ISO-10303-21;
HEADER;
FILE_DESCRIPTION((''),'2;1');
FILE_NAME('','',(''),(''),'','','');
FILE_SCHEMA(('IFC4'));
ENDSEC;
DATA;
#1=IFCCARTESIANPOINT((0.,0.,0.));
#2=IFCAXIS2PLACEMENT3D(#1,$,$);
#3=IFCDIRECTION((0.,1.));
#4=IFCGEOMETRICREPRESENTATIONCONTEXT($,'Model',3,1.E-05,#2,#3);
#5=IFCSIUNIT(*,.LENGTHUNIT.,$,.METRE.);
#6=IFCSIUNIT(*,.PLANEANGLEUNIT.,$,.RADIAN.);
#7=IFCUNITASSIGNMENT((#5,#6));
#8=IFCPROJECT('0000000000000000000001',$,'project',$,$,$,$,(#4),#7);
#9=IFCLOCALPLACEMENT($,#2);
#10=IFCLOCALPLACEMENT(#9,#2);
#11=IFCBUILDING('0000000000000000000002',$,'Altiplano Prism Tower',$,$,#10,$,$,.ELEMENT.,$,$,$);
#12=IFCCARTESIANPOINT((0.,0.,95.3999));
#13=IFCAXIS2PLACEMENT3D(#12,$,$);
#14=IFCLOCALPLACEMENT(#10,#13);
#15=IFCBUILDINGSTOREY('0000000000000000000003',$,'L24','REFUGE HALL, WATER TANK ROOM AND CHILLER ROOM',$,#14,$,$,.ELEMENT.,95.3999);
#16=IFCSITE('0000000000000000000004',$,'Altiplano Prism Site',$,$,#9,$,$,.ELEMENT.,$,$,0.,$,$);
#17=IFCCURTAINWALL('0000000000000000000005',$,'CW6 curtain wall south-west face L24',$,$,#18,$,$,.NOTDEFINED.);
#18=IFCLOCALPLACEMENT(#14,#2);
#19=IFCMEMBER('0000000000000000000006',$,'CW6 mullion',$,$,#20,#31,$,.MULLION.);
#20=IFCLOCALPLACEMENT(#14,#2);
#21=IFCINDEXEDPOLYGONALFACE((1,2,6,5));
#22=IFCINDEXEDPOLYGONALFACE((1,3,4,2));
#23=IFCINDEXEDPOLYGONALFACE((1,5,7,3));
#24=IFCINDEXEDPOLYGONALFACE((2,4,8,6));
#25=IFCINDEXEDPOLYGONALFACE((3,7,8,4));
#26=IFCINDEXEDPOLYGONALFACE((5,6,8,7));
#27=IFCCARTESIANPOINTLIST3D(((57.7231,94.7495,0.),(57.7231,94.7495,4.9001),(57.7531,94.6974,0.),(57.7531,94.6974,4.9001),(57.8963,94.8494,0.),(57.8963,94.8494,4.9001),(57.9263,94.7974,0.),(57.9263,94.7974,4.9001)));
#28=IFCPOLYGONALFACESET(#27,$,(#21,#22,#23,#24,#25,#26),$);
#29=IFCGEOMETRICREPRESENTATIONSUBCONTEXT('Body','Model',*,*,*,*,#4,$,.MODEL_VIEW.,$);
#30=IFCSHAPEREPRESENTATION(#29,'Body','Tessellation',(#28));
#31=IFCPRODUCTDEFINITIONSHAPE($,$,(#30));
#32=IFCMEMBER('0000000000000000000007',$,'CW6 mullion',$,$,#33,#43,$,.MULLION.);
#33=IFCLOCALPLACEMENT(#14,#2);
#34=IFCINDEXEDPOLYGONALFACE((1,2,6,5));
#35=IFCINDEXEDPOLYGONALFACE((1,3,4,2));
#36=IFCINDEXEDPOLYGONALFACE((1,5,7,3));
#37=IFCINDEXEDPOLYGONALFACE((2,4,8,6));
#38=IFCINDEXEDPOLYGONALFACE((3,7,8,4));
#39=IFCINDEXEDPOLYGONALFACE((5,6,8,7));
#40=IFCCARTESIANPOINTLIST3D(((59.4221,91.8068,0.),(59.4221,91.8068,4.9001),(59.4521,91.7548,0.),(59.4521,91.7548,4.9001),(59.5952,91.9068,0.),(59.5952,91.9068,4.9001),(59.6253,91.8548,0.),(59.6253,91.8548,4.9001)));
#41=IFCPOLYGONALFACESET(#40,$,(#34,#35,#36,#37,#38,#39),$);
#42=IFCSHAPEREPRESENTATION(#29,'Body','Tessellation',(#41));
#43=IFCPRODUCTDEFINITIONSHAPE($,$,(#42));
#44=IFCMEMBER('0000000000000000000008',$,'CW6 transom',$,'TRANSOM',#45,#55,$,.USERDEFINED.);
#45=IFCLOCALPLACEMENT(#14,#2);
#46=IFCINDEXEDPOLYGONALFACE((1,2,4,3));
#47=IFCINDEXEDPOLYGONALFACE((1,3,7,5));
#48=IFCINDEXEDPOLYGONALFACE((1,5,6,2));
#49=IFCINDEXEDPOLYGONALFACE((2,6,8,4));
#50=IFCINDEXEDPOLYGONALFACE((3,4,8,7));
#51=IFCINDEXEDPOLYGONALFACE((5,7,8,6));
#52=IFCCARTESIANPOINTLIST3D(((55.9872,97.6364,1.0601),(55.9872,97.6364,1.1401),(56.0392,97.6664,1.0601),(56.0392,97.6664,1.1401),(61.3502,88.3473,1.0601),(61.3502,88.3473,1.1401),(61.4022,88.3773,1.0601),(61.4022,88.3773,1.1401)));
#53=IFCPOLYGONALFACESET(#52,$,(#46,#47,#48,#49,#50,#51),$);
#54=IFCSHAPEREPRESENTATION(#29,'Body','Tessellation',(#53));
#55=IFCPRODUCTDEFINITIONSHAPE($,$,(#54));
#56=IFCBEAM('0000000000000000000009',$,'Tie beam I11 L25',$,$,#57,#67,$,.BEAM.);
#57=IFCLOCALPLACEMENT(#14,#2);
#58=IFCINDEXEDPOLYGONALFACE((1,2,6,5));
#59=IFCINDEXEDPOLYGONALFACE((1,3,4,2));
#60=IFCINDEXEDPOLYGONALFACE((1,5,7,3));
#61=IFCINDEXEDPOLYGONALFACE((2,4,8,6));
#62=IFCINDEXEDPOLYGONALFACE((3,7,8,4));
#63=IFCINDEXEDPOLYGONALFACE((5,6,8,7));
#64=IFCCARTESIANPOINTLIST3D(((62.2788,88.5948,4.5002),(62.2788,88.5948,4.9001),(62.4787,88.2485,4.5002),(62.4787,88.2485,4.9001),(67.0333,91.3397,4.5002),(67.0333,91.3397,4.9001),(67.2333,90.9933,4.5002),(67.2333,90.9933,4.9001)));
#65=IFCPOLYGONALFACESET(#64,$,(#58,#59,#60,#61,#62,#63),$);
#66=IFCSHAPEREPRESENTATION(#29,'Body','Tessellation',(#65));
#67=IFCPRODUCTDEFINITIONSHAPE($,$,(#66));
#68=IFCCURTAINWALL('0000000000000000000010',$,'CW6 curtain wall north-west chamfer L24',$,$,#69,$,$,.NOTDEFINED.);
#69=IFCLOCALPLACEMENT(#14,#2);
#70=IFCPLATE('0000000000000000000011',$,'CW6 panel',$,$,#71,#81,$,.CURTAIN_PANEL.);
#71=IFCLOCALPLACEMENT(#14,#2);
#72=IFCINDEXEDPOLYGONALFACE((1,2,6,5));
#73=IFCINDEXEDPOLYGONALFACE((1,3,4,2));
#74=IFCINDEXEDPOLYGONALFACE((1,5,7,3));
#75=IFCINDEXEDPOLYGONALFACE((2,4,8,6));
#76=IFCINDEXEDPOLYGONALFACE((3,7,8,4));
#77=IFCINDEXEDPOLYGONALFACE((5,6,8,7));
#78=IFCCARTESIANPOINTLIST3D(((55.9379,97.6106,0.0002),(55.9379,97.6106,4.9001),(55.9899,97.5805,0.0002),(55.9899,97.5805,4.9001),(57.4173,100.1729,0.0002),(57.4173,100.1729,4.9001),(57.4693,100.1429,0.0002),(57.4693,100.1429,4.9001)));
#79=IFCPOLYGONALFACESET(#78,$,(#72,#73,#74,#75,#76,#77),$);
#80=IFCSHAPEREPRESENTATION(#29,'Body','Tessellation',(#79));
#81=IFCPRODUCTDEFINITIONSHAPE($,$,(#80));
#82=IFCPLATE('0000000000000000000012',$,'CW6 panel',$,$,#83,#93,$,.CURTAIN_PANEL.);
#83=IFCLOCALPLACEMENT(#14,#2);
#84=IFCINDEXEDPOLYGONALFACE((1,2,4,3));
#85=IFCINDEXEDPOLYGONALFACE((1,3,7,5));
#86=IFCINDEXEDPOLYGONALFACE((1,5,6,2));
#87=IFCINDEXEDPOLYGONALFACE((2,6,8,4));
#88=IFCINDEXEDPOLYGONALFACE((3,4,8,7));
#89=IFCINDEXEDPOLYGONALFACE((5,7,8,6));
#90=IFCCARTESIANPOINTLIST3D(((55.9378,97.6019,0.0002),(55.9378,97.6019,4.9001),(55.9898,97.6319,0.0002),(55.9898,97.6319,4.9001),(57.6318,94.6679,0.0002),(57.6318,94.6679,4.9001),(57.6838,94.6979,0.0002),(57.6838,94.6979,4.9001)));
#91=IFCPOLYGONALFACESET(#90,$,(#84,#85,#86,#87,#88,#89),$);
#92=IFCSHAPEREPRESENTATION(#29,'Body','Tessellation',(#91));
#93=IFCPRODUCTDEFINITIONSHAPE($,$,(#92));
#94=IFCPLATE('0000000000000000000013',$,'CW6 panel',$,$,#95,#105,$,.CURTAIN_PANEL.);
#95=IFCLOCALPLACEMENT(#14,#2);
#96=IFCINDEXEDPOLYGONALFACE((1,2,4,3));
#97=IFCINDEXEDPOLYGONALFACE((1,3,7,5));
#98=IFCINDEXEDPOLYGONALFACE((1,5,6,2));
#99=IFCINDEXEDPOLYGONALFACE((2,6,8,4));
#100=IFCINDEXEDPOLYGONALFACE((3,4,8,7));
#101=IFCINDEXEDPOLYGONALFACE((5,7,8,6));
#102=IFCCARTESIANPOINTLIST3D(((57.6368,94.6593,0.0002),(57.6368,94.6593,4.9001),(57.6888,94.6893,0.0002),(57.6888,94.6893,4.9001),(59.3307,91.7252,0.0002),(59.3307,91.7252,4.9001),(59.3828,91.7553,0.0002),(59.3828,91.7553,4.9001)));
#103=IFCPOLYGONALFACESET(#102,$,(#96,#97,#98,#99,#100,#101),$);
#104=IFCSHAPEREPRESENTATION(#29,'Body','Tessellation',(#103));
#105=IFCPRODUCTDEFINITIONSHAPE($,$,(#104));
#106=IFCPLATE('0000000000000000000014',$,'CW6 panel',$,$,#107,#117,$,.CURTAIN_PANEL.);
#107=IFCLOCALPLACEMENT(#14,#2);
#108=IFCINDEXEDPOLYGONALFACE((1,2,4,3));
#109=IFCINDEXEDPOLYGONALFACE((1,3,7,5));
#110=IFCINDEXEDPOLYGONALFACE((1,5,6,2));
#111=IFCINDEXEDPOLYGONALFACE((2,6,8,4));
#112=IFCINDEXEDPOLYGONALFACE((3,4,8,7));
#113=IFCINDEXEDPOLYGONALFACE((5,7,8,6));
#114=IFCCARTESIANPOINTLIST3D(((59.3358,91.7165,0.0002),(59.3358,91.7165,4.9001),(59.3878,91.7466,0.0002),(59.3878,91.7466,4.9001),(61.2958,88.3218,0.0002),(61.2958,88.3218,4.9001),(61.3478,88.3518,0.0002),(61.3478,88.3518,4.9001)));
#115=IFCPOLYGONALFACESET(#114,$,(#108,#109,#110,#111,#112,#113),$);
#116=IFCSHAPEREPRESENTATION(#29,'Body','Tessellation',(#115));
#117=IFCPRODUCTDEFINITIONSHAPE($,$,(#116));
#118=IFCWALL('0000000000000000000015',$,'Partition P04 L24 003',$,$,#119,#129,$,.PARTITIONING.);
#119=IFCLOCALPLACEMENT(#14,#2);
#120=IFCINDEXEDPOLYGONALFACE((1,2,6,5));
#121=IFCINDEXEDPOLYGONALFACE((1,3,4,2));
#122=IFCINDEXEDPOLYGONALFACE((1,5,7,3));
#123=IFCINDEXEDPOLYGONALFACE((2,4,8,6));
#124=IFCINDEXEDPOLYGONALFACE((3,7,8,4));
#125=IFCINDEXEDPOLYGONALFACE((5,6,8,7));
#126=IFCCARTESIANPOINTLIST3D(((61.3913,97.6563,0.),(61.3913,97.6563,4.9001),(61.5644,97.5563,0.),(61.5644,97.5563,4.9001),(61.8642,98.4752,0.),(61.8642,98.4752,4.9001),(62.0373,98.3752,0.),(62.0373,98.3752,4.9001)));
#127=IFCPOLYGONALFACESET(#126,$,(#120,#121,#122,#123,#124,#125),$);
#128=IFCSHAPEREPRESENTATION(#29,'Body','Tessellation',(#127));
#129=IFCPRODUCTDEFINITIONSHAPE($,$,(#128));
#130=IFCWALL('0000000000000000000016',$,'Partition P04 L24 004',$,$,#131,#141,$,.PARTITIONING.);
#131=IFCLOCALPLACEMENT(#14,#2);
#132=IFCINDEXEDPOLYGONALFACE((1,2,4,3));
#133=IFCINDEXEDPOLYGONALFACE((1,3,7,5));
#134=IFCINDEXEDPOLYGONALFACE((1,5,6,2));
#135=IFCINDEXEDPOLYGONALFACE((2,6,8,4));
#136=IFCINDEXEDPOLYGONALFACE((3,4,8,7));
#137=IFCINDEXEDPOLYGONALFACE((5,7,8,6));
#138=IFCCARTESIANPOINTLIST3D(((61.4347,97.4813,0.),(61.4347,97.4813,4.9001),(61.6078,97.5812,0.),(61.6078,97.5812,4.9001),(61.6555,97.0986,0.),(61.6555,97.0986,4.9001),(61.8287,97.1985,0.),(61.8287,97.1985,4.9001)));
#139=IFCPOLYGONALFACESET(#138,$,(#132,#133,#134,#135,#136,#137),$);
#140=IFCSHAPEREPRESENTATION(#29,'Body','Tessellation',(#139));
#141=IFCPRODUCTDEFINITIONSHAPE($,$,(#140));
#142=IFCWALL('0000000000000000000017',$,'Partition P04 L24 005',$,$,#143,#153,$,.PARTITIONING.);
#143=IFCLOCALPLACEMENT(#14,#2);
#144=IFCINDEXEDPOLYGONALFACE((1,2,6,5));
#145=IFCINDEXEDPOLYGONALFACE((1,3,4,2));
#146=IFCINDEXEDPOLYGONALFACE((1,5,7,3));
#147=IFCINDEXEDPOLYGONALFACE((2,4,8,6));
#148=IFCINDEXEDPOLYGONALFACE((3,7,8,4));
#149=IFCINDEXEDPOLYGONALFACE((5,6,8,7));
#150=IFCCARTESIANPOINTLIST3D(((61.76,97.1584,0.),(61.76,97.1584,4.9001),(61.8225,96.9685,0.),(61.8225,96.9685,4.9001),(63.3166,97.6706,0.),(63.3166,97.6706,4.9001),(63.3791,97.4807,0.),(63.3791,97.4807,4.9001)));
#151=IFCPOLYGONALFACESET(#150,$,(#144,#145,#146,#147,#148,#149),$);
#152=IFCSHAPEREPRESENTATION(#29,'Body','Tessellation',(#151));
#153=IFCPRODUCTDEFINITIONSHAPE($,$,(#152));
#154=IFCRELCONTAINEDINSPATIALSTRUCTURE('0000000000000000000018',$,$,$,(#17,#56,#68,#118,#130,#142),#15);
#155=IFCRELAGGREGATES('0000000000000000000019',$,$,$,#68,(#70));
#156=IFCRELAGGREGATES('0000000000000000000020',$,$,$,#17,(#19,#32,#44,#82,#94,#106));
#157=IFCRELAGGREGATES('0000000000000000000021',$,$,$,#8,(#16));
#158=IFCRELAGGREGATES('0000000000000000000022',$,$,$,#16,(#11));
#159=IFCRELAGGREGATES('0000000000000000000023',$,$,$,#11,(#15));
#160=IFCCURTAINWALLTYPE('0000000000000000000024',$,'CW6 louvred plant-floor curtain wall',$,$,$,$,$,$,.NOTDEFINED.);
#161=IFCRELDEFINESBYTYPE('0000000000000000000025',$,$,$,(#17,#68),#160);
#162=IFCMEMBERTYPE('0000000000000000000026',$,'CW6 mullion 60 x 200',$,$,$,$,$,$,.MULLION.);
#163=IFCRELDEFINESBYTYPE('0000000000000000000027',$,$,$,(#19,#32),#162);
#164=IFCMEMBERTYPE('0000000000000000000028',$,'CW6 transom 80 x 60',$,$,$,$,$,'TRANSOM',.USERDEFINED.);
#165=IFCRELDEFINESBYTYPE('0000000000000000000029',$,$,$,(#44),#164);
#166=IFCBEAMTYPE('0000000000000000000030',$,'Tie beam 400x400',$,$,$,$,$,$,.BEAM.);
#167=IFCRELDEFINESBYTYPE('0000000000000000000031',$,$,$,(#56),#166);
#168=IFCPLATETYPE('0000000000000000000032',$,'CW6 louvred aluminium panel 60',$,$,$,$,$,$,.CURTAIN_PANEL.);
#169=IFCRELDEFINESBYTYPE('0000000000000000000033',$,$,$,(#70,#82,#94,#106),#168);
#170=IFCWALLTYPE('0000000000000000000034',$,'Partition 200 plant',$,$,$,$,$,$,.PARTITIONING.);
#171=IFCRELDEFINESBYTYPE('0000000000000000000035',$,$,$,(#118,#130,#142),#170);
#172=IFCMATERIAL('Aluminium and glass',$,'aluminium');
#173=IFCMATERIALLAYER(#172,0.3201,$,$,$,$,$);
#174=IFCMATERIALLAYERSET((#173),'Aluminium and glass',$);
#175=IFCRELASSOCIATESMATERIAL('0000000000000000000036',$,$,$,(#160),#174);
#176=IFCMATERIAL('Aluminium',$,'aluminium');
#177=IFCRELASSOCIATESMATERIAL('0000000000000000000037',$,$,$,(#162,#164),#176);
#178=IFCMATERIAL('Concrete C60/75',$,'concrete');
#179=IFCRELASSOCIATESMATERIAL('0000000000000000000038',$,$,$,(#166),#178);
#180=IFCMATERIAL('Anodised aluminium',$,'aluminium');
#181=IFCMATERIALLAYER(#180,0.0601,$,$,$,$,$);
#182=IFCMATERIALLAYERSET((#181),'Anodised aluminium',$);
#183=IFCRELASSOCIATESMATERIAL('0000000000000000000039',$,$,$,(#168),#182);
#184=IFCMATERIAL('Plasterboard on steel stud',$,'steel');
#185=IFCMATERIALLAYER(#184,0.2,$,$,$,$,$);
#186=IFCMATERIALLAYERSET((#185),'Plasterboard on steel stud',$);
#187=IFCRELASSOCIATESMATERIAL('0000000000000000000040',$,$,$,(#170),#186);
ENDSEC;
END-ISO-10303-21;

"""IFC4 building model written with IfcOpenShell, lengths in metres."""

from ifc_helpers import new_model, si_unit, direction, frame, frame_2d, origin, origin_2d, place, context, subcontext, project, spatial, rectangle, extrude, material, layer, layer_set, material_profile, profile_set, type_object, element, aggregate, save


model = new_model("IFC4")

# Units and contexts
model_context = context("Model", 3, precision=1e-05, world=origin(), true_north=direction((0.0, 1.0)))
body_context = subcontext(model_context, "Body", "Model", "MODEL_VIEW")
ifc_project = project(units=[si_unit("LENGTHUNIT", "METRE"), si_unit("PLANEANGLEUNIT", "RADIAN")], contexts=[model_context])

# Site, building, storey
site_placement = place(None, origin())
site = spatial("IfcSite", under=ifc_project, at=site_placement, Name="Altiplano Prism Site", CompositionType="ELEMENT", RefElevation=0.0)
building_placement = place(site_placement, origin())
building = spatial("IfcBuilding", under=site, at=building_placement, Name="Altiplano Prism Tower", CompositionType="ELEMENT")
storey_placement = place(building_placement, frame((0.0, 0.0, 95.3999)))
storey = spatial("IfcBuildingStorey", under=building, at=storey_placement, Name="L24", Description="REFUGE HALL, WATER TANK ROOM AND CHILLER ROOM", CompositionType="ELEMENT", Elevation=95.3999)

# Shared definitions
ifc_material_1 = material(Name="Concrete C60/75", Category="concrete")

# Curtain wall, members
ifc_material_2 = material(Name="Aluminium and glass", Category="aluminium")
ifc_layer_1 = layer(ifc_material_2, 0.3201)
ifc_layer_set_1 = layer_set([ifc_layer_1], Name="Aluminium and glass")
curtain_wall_type = type_object("IfcCurtainWallType", Name="CW6 louvred plant-floor curtain wall", PredefinedType="NOTDEFINED", material=ifc_layer_set_1)
curtain_wall_1_placement = place(storey_placement, origin())
curtain_wall_1 = element("IfcCurtainWall", 1, at=curtain_wall_1_placement, inside=storey, type_object=curtain_wall_type, Name="CW6 curtain wall south-west face L24", PredefinedType="NOTDEFINED")
ifc_material_3 = material(Name="Aluminium", Category="aluminium")
ifc_material_profile_1 = material_profile(ifc_material_3, rectangle(XDim=0.2, YDim=0.0601, at=origin_2d()), Name="CW6 mullion 60 x 200")
ifc_profile_set_1 = profile_set([ifc_material_profile_1], Name="Aluminium")
member_type_1 = type_object("IfcMemberType", Name="CW6 mullion 60 x 200", PredefinedType="MULLION", material=ifc_profile_set_1)
member_1_placement = place(storey_placement, frame((57.8247, 94.7734, 0.0), z_axis=(0.0, 0.0, 1.0), x_axis=(0.866025, 0.5, 0.0)))
member_1 = element("IfcMember", 2, at=member_1_placement, type_object=member_type_1, Name="CW6 mullion", PredefinedType="MULLION", context=body_context, shape_type="SweptSolid", body=[
    extrude(rectangle(XDim=0.2, YDim=0.0601, at=origin_2d()), origin(), (0.0, 0.0, 1.0), 4.9001),
])
member_2_placement = place(storey_placement, frame((59.5237, 91.8308, 0.0), z_axis=(0.0, 0.0, 1.0), x_axis=(0.866025, 0.5, 0.0)))
member_2 = element("IfcMember", 3, at=member_2_placement, type_object=member_type_1, Name="CW6 mullion", PredefinedType="MULLION", context=body_context, shape_type="SweptSolid", body=[
    extrude(rectangle(XDim=0.2, YDim=0.0601, at=origin_2d()), origin(), (0.0, 0.0, 1.0), 4.9001),
])
ifc_material_profile_2 = material_profile(ifc_material_3, rectangle(XDim=0.0601, YDim=0.0801, at=origin_2d()), Name="CW6 transom 80 x 60")
ifc_profile_set_2 = profile_set([ifc_material_profile_2], Name="Aluminium")
member_type_2 = type_object("IfcMemberType", Name="CW6 transom 80 x 60", ElementType="TRANSOM", PredefinedType="USERDEFINED", material=ifc_profile_set_2)
member_3_placement = place(storey_placement, frame((56.0132, 97.6514, 1.1001), z_axis=(0.5, -0.866026, 0.0), x_axis=(0.866026, 0.5, 0.0)))
member_3 = element("IfcMember", 4, at=member_3_placement, type_object=member_type_2, Name="CW6 transom", ObjectType="TRANSOM", PredefinedType="USERDEFINED", context=body_context, shape_type="SweptSolid", body=[
    extrude(rectangle(XDim=0.0601, YDim=0.0801, at=origin_2d()), origin(), (0.0, 0.0, 1.0), 10.7261),
])

# Beam
ifc_material_profile_3 = material_profile(ifc_material_1, rectangle(XDim=0.3999, YDim=0.3999, at=origin_2d()), Name="Tie beam 400x400")
ifc_profile_set_3 = profile_set([ifc_material_profile_3], Name="Concrete C60/75")
beam_type = type_object("IfcBeamType", Name="Tie beam 400x400", PredefinedType="BEAM", material=ifc_profile_set_3)
beam_placement = place(storey_placement, frame((67.1333, 91.1665, 4.7002), z_axis=(-0.866043, -0.49997, 0.0), x_axis=(0.49997, -0.866043, 0.0)))
element("IfcBeam", 5, at=beam_placement, inside=storey, type_object=beam_type, Name="Tie beam I11 L25", PredefinedType="BEAM", context=body_context, shape_type="SweptSolid", body=[
    extrude(rectangle(XDim=0.3999, YDim=0.3999, at=origin_2d()), origin(), (0.0, 0.0, 1.0), 5.49),
])

# Curtain wall, plate
curtain_wall_2_placement = place(storey_placement, origin())
curtain_wall_2 = element("IfcCurtainWall", 6, at=curtain_wall_2_placement, inside=storey, type_object=curtain_wall_type, Name="CW6 curtain wall north-west chamfer L24", PredefinedType="NOTDEFINED")
ifc_material_4 = material(Name="Anodised aluminium", Category="aluminium")
ifc_layer_2 = layer(ifc_material_4, 0.0601)
ifc_layer_set_2 = layer_set([ifc_layer_2], Name="Anodised aluminium")
plate_type = type_object("IfcPlateType", Name="CW6 louvred aluminium panel 60", PredefinedType="CURTAIN_PANEL", material=ifc_layer_set_2)
plate_1_placement = place(storey_placement, frame((56.7036, 98.8767, 0.0002), z_axis=(0.0, 0.0, 1.0), x_axis=(-0.5, -0.866025, 0.0)))
plate_1 = element("IfcPlate", 7, at=plate_1_placement, type_object=plate_type, Name="CW6 panel", PredefinedType="CURTAIN_PANEL", context=body_context, shape_type="SweptSolid", body=[
    extrude(rectangle(XDim=2.9587, YDim=0.0601, at=origin_2d()), origin(), (0.0, 0.0, 1.0), 4.8999),
])
aggregate(curtain_wall_2, [plate_1])

# Plates
plate_2_placement = place(storey_placement, frame((56.8108, 96.1499, 0.0002), z_axis=(0.0, 0.0, 1.0), x_axis=(0.5, -0.866025, 0.0)))
plate_2 = element("IfcPlate", 8, at=plate_2_placement, type_object=plate_type, Name="CW6 panel", PredefinedType="CURTAIN_PANEL", context=body_context, shape_type="SweptSolid", body=[
    extrude(rectangle(XDim=3.3879, YDim=0.0601, at=origin_2d()), origin(), (0.0, 0.0, 1.0), 4.8999),
])
plate_3_placement = place(storey_placement, frame((58.5098, 93.2073, 0.0002), z_axis=(0.0, 0.0, 1.0), x_axis=(0.5, -0.866025, 0.0)))
plate_3 = element("IfcPlate", 9, at=plate_3_placement, type_object=plate_type, Name="CW6 panel", PredefinedType="CURTAIN_PANEL", context=body_context, shape_type="SweptSolid", body=[
    extrude(rectangle(XDim=3.3879, YDim=0.0601, at=origin_2d()), origin(), (0.0, 0.0, 1.0), 4.8999),
])
plate_4_placement = place(storey_placement, frame((60.3418, 90.0342, 0.0002), z_axis=(0.0, 0.0, 1.0), x_axis=(0.5, -0.866025, 0.0)))
plate_4 = element("IfcPlate", 10, at=plate_4_placement, type_object=plate_type, Name="CW6 panel", PredefinedType="CURTAIN_PANEL", context=body_context, shape_type="SweptSolid", body=[
    extrude(rectangle(XDim=3.9199, YDim=0.0601, at=origin_2d()), origin(), (0.0, 0.0, 1.0), 4.8999),
])
aggregate(curtain_wall_1, [member_1, member_2, member_3, plate_2, plate_3, plate_4])

# Walls
ifc_material_5 = material(Name="Plasterboard on steel stud", Category="steel")
ifc_layer_3 = layer(ifc_material_5, 0.2)
ifc_layer_set_3 = layer_set([ifc_layer_3], Name="Plasterboard on steel stud")
wall_type_1 = type_object("IfcWallType", Name="Partition 200 plant", PredefinedType="PARTITIONING", material=ifc_layer_set_3)
wall_1_placement = place(storey_placement, frame((61.9507, 98.425, 0.0), z_axis=(0.0, 0.0, 1.0), x_axis=(-0.50011, -0.865962, 0.0)))
element("IfcWall", 11, at=wall_1_placement, inside=storey, type_object=wall_type_1, Name="Partition P04 L24 003", PredefinedType="PARTITIONING", context=body_context, shape_type="SweptSolid", body=[
    extrude(rectangle(XDim=0.9456, YDim=0.2, at=frame_2d((0.4727, 0.0))), origin(), (0.0, 0.0, 1.0), 4.9001),
])
wall_2_placement = place(storey_placement, frame((61.5212, 97.5312, 0.0), z_axis=(0.0, 0.0, 1.0), x_axis=(0.499882, -0.866094, 0.0)))
element("IfcWall", 12, at=wall_2_placement, inside=storey, type_object=wall_type_1, Name="Partition P04 L24 004", PredefinedType="PARTITIONING", context=body_context, shape_type="SweptSolid", body=[
    extrude(rectangle(XDim=0.4419, YDim=0.2, at=frame_2d((0.2209, 0.0))), origin(), (0.0, 0.0, 1.0), 4.9001),
])
wall_3_placement = place(storey_placement, frame((61.7913, 97.0635, 0.0), z_axis=(0.0, 0.0, 1.0), x_axis=(0.949898, 0.31256, 0.0)))
element("IfcWall", 13, at=wall_3_placement, inside=storey, type_object=wall_type_1, Name="Partition P04 L24 005", PredefinedType="PARTITIONING", context=body_context, shape_type="SweptSolid", body=[
    extrude(rectangle(XDim=1.6387, YDim=0.2, at=frame_2d((0.8193, 0.0))), origin(), (0.0, 0.0, 1.0), 4.9001),
])

save(model, "model.ifc")
